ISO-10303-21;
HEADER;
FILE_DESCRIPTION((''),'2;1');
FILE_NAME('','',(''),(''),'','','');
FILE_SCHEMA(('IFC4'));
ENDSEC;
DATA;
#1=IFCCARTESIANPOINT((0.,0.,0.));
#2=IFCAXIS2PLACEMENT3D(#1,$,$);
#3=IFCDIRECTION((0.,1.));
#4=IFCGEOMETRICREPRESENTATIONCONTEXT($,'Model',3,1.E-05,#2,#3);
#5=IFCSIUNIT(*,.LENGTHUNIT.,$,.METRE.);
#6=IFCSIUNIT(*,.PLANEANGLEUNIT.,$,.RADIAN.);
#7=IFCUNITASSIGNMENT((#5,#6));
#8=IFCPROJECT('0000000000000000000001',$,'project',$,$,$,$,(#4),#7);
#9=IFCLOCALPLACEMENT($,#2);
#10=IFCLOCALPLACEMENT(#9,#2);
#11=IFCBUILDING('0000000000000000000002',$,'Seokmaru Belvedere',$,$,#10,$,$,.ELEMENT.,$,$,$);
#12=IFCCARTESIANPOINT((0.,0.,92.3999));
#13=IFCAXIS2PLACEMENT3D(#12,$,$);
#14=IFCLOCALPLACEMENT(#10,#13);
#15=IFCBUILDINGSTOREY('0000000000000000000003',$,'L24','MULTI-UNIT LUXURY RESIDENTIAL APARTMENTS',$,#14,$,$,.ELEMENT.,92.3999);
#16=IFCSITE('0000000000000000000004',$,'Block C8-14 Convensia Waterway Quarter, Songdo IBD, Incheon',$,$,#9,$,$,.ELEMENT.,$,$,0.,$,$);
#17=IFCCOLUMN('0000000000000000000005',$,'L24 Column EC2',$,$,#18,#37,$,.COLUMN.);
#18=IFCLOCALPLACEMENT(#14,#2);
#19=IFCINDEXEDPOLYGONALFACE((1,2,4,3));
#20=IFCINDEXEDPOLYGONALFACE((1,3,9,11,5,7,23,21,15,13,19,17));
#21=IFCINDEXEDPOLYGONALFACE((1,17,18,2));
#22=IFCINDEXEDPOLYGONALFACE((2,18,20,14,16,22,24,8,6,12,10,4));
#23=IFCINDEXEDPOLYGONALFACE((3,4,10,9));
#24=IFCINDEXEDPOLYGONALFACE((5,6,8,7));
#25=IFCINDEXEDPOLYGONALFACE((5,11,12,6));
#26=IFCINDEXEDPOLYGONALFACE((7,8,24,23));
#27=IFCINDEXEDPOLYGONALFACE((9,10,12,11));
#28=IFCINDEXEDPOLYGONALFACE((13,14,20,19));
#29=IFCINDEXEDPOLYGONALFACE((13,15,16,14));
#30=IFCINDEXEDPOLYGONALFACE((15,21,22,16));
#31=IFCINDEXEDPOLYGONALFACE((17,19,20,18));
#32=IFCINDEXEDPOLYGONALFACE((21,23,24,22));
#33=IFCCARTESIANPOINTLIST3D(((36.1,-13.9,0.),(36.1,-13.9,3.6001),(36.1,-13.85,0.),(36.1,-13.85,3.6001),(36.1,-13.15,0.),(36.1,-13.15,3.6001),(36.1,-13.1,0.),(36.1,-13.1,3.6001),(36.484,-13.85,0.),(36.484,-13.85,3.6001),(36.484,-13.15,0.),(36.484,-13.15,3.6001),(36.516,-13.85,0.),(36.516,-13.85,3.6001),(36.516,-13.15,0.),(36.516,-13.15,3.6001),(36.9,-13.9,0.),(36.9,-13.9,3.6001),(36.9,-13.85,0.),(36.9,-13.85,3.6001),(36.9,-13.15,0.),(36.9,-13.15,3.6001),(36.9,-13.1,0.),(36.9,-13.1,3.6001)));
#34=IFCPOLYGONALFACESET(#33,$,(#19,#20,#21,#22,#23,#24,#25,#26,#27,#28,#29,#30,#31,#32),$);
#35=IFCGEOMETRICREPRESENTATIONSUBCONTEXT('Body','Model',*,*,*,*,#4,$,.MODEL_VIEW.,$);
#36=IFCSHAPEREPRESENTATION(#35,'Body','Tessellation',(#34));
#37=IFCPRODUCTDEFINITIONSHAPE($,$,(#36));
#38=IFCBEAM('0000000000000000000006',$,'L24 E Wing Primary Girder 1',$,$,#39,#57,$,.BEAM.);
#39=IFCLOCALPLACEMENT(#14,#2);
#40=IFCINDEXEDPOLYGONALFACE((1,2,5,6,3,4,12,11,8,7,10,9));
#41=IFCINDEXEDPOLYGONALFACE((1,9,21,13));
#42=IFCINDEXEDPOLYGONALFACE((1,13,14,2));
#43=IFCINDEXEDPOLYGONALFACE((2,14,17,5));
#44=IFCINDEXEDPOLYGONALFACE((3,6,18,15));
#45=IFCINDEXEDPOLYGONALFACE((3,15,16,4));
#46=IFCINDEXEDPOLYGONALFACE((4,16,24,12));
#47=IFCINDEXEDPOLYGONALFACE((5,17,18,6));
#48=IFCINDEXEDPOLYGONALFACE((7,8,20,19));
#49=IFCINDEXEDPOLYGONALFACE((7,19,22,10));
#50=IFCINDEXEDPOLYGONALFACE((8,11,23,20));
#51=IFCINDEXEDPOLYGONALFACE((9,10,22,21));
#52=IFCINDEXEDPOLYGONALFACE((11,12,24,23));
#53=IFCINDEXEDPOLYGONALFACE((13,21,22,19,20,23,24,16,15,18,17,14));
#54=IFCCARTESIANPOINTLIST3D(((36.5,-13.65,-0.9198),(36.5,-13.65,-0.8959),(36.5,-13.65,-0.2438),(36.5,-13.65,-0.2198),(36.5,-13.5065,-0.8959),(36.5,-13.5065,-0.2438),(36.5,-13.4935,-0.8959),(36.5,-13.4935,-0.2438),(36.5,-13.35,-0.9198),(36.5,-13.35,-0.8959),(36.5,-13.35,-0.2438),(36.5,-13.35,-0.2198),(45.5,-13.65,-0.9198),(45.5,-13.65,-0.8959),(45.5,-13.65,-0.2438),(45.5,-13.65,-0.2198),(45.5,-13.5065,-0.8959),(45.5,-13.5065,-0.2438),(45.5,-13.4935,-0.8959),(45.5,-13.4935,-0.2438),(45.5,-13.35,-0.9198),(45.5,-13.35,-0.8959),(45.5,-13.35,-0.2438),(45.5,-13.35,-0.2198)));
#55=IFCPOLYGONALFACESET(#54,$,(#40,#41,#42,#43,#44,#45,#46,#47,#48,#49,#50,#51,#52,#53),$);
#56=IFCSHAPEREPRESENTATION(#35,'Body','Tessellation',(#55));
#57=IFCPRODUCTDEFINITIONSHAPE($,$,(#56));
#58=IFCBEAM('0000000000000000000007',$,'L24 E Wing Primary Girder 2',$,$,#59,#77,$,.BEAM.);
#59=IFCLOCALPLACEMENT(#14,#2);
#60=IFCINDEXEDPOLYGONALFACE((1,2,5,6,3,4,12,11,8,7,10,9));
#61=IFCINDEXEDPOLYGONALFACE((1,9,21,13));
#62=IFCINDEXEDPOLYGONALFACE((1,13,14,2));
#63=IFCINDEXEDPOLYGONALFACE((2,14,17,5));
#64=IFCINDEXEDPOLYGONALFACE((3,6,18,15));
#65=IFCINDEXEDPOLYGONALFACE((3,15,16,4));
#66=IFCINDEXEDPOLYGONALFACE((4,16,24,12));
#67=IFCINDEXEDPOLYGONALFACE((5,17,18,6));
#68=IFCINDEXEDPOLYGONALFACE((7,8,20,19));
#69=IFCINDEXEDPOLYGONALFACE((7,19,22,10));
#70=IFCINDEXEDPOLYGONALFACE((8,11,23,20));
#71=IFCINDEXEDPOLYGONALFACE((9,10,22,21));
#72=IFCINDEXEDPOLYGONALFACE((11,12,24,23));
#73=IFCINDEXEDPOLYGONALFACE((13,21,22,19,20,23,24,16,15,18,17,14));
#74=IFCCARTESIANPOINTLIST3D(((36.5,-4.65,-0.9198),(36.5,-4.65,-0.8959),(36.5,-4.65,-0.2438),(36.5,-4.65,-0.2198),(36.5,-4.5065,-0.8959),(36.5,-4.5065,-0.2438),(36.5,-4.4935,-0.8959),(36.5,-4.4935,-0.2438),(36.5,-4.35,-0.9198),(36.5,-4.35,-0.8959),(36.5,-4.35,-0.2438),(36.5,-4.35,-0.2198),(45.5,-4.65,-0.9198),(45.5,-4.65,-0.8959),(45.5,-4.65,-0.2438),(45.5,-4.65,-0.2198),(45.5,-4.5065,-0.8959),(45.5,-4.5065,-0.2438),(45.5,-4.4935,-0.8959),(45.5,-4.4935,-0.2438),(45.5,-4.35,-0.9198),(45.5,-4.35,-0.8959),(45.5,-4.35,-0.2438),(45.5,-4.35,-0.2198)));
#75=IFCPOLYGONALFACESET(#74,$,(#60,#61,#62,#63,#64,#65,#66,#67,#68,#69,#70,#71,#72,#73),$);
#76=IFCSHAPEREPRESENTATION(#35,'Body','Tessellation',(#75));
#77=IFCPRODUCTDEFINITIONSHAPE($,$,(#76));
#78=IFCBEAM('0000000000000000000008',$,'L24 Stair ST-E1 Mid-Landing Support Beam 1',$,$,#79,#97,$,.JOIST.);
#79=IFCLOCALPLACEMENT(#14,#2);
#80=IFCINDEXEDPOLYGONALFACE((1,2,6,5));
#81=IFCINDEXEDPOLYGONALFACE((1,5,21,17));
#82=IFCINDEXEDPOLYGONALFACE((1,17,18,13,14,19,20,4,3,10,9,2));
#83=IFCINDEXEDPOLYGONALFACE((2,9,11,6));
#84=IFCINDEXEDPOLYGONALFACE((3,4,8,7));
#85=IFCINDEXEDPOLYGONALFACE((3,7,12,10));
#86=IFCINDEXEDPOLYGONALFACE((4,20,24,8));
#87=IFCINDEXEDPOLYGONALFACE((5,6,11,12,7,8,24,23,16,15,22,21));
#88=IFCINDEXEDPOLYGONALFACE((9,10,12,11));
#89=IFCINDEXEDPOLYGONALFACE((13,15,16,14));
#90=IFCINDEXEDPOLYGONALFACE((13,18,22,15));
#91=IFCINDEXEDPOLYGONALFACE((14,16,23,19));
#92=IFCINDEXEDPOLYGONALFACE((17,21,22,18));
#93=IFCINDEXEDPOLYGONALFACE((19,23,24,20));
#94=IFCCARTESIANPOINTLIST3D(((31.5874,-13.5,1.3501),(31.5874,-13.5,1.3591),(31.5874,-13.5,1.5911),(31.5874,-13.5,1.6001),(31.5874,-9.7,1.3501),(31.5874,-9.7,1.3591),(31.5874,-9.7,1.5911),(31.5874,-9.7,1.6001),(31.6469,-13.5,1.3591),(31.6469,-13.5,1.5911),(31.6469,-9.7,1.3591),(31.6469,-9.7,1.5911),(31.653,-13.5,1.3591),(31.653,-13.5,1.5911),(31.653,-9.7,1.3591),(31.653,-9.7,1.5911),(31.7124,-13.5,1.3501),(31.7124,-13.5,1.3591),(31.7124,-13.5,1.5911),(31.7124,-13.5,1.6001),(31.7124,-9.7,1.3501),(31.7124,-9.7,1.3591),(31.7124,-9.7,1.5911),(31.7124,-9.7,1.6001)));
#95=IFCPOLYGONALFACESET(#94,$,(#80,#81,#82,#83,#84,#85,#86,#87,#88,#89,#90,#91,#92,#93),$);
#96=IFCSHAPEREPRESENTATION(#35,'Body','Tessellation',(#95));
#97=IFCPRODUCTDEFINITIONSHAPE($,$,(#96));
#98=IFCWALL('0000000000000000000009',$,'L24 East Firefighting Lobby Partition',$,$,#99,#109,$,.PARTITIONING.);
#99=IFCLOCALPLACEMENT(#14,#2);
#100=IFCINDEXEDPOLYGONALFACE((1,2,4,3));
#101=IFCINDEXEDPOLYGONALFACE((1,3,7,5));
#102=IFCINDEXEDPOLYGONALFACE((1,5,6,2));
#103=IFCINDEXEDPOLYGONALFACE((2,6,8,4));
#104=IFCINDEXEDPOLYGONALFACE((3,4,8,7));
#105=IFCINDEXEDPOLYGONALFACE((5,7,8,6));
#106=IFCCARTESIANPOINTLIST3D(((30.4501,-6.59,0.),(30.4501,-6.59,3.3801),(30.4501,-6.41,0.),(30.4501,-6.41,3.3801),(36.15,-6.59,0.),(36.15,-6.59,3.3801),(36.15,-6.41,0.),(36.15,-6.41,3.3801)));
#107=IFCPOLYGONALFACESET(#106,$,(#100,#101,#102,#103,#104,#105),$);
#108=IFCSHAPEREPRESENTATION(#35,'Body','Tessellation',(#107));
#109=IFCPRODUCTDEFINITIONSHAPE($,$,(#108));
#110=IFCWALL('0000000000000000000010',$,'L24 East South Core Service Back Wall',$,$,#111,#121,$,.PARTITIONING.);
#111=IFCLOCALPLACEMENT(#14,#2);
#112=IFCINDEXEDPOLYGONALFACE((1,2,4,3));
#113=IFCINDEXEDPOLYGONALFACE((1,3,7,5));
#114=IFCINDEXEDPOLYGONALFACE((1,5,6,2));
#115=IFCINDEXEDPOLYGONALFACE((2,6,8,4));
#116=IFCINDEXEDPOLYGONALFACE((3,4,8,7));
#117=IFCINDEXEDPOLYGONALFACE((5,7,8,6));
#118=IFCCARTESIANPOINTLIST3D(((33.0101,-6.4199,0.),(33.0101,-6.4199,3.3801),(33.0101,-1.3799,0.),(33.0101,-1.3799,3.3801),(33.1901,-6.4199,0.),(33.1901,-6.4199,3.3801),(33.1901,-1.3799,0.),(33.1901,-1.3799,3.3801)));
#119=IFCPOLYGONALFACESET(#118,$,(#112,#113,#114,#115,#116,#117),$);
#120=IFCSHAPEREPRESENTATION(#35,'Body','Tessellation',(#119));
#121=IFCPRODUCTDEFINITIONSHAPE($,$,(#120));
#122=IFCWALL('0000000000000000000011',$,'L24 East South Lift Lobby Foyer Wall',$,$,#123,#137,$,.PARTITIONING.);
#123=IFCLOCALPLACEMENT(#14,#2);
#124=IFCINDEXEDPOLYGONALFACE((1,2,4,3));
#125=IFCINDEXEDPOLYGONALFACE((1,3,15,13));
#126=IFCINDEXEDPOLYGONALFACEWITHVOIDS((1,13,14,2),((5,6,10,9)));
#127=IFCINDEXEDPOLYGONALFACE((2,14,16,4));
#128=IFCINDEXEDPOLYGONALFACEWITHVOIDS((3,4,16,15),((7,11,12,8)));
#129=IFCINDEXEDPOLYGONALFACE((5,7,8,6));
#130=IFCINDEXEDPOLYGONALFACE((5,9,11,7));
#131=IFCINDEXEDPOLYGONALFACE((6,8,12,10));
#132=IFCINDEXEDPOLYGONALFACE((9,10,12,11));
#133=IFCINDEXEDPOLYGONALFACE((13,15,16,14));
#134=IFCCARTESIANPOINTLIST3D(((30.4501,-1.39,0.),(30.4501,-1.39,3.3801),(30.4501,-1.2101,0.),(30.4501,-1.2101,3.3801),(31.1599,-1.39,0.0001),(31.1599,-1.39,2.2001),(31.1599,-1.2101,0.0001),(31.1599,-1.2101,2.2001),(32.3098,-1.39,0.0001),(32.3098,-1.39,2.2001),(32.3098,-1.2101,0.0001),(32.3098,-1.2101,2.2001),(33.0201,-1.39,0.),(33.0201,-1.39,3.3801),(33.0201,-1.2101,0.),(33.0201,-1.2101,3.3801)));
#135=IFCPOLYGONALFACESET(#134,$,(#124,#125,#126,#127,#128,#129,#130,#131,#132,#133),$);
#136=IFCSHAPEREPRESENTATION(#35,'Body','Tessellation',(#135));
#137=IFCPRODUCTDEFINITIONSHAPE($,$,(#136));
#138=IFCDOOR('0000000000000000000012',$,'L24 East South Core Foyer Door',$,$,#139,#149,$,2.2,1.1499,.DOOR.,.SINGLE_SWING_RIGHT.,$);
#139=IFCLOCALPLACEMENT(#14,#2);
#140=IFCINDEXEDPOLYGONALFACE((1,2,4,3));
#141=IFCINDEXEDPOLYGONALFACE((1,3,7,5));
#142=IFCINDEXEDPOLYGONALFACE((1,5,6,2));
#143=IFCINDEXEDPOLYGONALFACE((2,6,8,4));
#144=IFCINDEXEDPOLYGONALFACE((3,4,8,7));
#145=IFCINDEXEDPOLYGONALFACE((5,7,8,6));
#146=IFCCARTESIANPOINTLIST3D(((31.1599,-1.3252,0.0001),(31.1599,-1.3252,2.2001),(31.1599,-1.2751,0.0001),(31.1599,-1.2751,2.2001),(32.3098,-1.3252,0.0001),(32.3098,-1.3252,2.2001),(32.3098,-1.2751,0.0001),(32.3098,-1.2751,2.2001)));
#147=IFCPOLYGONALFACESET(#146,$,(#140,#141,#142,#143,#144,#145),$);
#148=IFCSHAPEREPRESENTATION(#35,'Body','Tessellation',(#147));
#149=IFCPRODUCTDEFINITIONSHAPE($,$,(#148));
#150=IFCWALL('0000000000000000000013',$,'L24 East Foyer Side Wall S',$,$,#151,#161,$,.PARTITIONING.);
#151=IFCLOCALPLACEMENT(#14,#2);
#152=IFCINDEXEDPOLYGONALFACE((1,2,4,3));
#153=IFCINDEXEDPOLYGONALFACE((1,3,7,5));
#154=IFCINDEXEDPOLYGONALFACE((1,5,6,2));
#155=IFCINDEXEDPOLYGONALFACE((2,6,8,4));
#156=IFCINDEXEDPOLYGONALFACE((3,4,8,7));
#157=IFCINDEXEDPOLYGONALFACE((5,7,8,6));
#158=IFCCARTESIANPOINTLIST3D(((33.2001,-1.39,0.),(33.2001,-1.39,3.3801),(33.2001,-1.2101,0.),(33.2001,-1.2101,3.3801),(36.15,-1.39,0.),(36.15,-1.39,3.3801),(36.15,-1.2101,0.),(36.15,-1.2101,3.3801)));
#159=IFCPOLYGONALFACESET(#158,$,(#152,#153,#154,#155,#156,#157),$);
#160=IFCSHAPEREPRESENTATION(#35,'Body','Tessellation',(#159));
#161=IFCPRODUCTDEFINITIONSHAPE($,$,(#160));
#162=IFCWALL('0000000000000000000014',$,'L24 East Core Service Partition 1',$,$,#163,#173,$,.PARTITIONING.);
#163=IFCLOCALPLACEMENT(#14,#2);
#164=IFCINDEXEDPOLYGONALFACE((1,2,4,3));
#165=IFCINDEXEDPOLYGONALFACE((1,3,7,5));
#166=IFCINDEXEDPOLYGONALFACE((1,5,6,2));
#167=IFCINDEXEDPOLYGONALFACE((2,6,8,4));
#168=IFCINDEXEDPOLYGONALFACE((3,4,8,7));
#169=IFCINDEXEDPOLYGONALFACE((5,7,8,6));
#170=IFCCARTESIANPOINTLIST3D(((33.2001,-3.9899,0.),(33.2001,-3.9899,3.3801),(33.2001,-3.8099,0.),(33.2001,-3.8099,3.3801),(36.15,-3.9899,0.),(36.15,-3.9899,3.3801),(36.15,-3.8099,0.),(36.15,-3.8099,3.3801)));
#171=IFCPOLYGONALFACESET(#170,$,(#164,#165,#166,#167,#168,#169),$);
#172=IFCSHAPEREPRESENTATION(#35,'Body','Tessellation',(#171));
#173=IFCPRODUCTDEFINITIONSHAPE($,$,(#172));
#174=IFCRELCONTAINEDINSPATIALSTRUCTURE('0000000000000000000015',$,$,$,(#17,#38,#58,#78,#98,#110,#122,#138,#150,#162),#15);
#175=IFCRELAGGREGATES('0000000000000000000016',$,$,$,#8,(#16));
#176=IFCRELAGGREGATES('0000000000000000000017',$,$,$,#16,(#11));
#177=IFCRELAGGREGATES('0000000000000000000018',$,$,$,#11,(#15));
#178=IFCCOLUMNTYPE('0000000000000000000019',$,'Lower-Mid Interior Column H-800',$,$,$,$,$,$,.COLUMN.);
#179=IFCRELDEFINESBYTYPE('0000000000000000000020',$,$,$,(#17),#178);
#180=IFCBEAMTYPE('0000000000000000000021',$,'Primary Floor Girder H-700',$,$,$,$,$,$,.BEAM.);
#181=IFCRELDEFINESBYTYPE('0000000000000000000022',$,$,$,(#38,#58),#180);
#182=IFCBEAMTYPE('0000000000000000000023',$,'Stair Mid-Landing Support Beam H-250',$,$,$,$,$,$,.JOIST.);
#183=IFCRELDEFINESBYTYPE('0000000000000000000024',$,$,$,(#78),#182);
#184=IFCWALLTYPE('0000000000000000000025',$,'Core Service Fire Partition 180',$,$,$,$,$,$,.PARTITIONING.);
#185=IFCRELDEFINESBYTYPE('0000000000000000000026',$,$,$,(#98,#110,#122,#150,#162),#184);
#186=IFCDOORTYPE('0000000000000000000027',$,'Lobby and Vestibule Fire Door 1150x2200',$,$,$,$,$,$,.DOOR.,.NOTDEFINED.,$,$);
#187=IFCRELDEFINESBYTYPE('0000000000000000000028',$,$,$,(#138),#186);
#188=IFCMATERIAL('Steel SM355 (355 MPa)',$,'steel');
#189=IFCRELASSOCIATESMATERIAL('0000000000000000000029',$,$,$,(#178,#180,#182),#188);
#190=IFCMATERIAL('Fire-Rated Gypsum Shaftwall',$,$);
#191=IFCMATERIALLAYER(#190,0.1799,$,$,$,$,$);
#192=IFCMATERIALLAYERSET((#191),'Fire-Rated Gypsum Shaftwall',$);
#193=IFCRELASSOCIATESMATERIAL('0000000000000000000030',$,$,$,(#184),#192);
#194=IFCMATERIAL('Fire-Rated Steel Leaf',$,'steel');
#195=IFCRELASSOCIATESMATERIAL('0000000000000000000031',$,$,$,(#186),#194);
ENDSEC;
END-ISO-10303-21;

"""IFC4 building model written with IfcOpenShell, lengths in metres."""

from ifc_helpers import new_model, si_unit, direction, frame, frame_2d, origin, origin_2d, place, context, subcontext, project, spatial, rectangle, i_section, extrude, source, transform, mapped, material, layer, layer_set, material_profile, profile_set, type_object, type_shapes, element, fill, save


model = new_model("IFC4")

# Units and contexts
model_context = context("Model", 3, precision=1e-05, world=origin(), true_north=direction((0.0, 1.0)))
body_context = subcontext(model_context, "Body", "Model", "MODEL_VIEW")
ifc_project = project(units=[si_unit("LENGTHUNIT", "METRE"), si_unit("PLANEANGLEUNIT", "RADIAN")], contexts=[model_context])

# Site, building, storey
site_placement = place(None, origin())
site = spatial("IfcSite", under=ifc_project, at=site_placement, Name="Block C8-14 Convensia Waterway Quarter, Songdo IBD, Incheon", CompositionType="ELEMENT", RefElevation=0.0)
building_placement = place(site_placement, origin())
building = spatial("IfcBuilding", under=site, at=building_placement, Name="Seokmaru Belvedere", CompositionType="ELEMENT")
storey_placement = place(building_placement, frame((0.0, 0.0, 92.3999)))
storey = spatial("IfcBuildingStorey", under=building, at=storey_placement, Name="L24", Description="MULTI-UNIT LUXURY RESIDENTIAL APARTMENTS", CompositionType="ELEMENT", Elevation=92.3999)

# Column
ifc_material_1 = material(Name="Steel SM355 (355 MPa)", Category="steel")
ifc_material_profile_1 = material_profile(ifc_material_1, i_section(OverallWidth=0.8, OverallDepth=0.8, WebThickness=0.032, FlangeThickness=0.05, at=origin_2d()), Name="H-800x800x32x50")
ifc_profile_set_1 = profile_set([ifc_material_profile_1], Name="Steel SM355 (355 MPa)")
column_type = type_object("IfcColumnType", Name="Lower-Mid Interior Column H-800", PredefinedType="COLUMN", material=ifc_profile_set_1)
shared_shape_1 = source(origin(), body_context, "Body", "SweptSolid", [
    extrude(i_section(OverallWidth=0.8, OverallDepth=0.8, WebThickness=0.032, FlangeThickness=0.05, at=origin_2d()), origin(), (0.0, 0.0, 1.0), 3.6001),
])
type_shapes(column_type, [shared_shape_1])
column_placement = place(storey_placement, frame((36.5, -13.5, 0.0), z_axis=(0.0, 0.0, 1.0), x_axis=(1.0, 0.0, 0.0)))
element("IfcColumn", 1, at=column_placement, inside=storey, type_object=column_type, Name="L24 Column EC2", PredefinedType="COLUMN", context=body_context, shape_type="MappedRepresentation", body=[
    mapped(shared_shape_1, transform((0.0, 0.0, 0.0), scale=1.0)),
])

# Beams
ifc_material_profile_2 = material_profile(ifc_material_1, i_section(OverallWidth=0.3, OverallDepth=0.7, WebThickness=0.0129, FlangeThickness=0.0239, at=origin_2d()), Name="H-700x300x13x24")
ifc_profile_set_2 = profile_set([ifc_material_profile_2], Name="Steel SM355 (355 MPa)")
beam_type_1 = type_object("IfcBeamType", Name="Primary Floor Girder H-700", PredefinedType="BEAM", material=ifc_profile_set_2)
shared_shape_2 = source(origin(), body_context, "Body", "SweptSolid", [
    extrude(i_section(OverallWidth=0.3, OverallDepth=0.7, WebThickness=0.0129, FlangeThickness=0.0239, at=origin_2d()), origin(), (0.0, 0.0, 1.0), 9.0),
])
type_shapes(beam_type_1, [shared_shape_2])
for number, where, z_axis, x_axis, name in (
    (2, (36.5, -13.5, -0.5698), (1.0, 0.0, 0.0), (0.0, 1.0, 0.0), "L24 E Wing Primary Girder 1"),
    (3, (36.5, -4.5, -0.5698), (1.0, 0.0, 0.0), (0.0, 1.0, 0.0), "L24 E Wing Primary Girder 2"),
):
    element("IfcBeam", number, at=place(storey_placement, frame(where, z_axis=z_axis, x_axis=x_axis)), inside=storey, type_object=beam_type_1, Name=name, PredefinedType="BEAM", context=body_context, shape_type="MappedRepresentation", body=[
        mapped(shared_shape_2, transform((0.0, 0.0, 0.0), scale=1.0)),
    ])
ifc_material_profile_3 = material_profile(ifc_material_1, i_section(OverallWidth=0.125, OverallDepth=0.25, WebThickness=0.0061, FlangeThickness=0.009, at=origin_2d()), Name="H-250x125x6x9")
ifc_profile_set_3 = profile_set([ifc_material_profile_3], Name="Steel SM355 (355 MPa)")
beam_type_2 = type_object("IfcBeamType", Name="Stair Mid-Landing Support Beam H-250", PredefinedType="JOIST", material=ifc_profile_set_3)
shared_shape_3 = source(origin(), body_context, "Body", "SweptSolid", [
    extrude(i_section(OverallWidth=0.125, OverallDepth=0.25, WebThickness=0.0061, FlangeThickness=0.009, at=origin_2d()), origin(), (0.0, 0.0, 1.0), 3.8),
])
type_shapes(beam_type_2, [shared_shape_3])
beam_placement = place(storey_placement, frame((31.6499, -13.5, 1.4751), z_axis=(0.0, 1.0, 0.0), x_axis=(-1.0, 0.0, 0.0)))
element("IfcBeam", 4, at=beam_placement, inside=storey, type_object=beam_type_2, Name="L24 Stair ST-E1 Mid-Landing Support Beam 1", PredefinedType="JOIST", context=body_context, shape_type="MappedRepresentation", body=[
    mapped(shared_shape_3, transform((0.0, 0.0, 0.0), scale=1.0)),
])

# Walls
ifc_material_2 = material(Name="Fire-Rated Gypsum Shaftwall")
ifc_layer_1 = layer(ifc_material_2, 0.1799)
ifc_layer_set_1 = layer_set([ifc_layer_1], Name="Fire-Rated Gypsum Shaftwall")
wall_type_1 = type_object("IfcWallType", Name="Core Service Fire Partition 180", PredefinedType="PARTITIONING", material=ifc_layer_set_1)
wall_1_placement = place(storey_placement, frame((30.45, -6.5, 0.0), z_axis=(0.0, 0.0, 1.0), x_axis=(1.0, 0.0, 0.0)))
element("IfcWall", 5, at=wall_1_placement, inside=storey, type_object=wall_type_1, Name="L24 East Firefighting Lobby Partition", PredefinedType="PARTITIONING", context=body_context, shape_type="SweptSolid", body=[
    extrude(rectangle(XDim=5.7, YDim=0.1799, at=frame_2d((2.8501, 0.0))), origin(), (0.0, 0.0, 1.0), 3.3801),
])
wall_2_placement = place(storey_placement, frame((33.1001, -6.4199, 0.0), z_axis=(0.0, 0.0, 1.0), x_axis=(0.0, 1.0, 0.0)))
element("IfcWall", 6, at=wall_2_placement, inside=storey, type_object=wall_type_1, Name="L24 East South Core Service Back Wall", PredefinedType="PARTITIONING", context=body_context, shape_type="SweptSolid", body=[
    extrude(rectangle(XDim=5.04, YDim=0.1799, at=frame_2d((2.52, 0.0))), origin(), (0.0, 0.0, 1.0), 3.3801),
])

# Wall, opening, door
wall_3_placement = place(storey_placement, frame((30.45, -1.3, 0.0), z_axis=(0.0, 0.0, 1.0), x_axis=(1.0, 0.0, 0.0)))
wall_3 = element("IfcWall", 7, at=wall_3_placement, inside=storey, type_object=wall_type_1, Name="L24 East South Lift Lobby Foyer Wall", PredefinedType="PARTITIONING", context=body_context, shape_type="SweptSolid", body=[
    extrude(rectangle(XDim=2.5701, YDim=0.1799, at=frame_2d((1.2852, 0.0))), origin(), (0.0, 0.0, 1.0), 3.3801),
])
opening_1_placement = place(wall_3_placement, frame((0.71, 0.0, 0.0)))
opening_1 = element("IfcOpeningElement", 8, at=opening_1_placement, cuts=wall_3, PredefinedType="OPENING", context=body_context, shape_type="SweptSolid", body=[
    extrude(rectangle(XDim=1.1499, YDim=2.2, at=frame_2d((0.575, 1.1001))), frame((0.0, 0.1001, 0.0), z_axis=(0.0, -1.0, 0.0), x_axis=(1.0, 0.0, 0.0)), (0.0, 0.0, 1.0), 0.2),
])
ifc_material_3 = material(Name="Fire-Rated Steel Leaf", Category="steel")
door_type_1 = type_object("IfcDoorType", Name="Lobby and Vestibule Fire Door 1150x2200", OperationType="NOTDEFINED", PredefinedType="DOOR", material=ifc_material_3)
shared_shape_4 = source(origin(), body_context, "Body", "SweptSolid", [
    extrude(rectangle(XDim=1.1499, YDim=2.2, at=frame_2d((0.575, 1.1001))), frame((0.0, 0.0249, 0.0), z_axis=(0.0, -1.0, 0.0), x_axis=(1.0, 0.0, 0.0)), (0.0, 0.0, 1.0), 0.05),
])
type_shapes(door_type_1, [shared_shape_4])
door_1_placement = place(opening_1_placement, origin())
door_1 = element("IfcDoor", 9, at=door_1_placement, inside=storey, type_object=door_type_1, Name="L24 East South Core Foyer Door", OperationType="SINGLE_SWING_RIGHT", OverallHeight=2.2, OverallWidth=1.1499, PredefinedType="DOOR", context=body_context, shape_type="MappedRepresentation", body=[
    mapped(shared_shape_4, transform((0.0, 0.0, 0.0), scale=1.0)),
])
fill(opening_1, door_1)

# Walls
for number, where, z_axis, x_axis, name in (
    (10, (33.2, -1.3, 0.0), (0.0, 0.0, 1.0), (1.0, 0.0, 0.0), "L24 East Foyer Side Wall S"),
    (11, (33.2, -3.8999, 0.0), (0.0, 0.0, 1.0), (1.0, 0.0, 0.0), "L24 East Core Service Partition 1"),
):
    element("IfcWall", number, at=place(storey_placement, frame(where, z_axis=z_axis, x_axis=x_axis)), inside=storey, type_object=wall_type_1, Name=name, PredefinedType="PARTITIONING", context=body_context, shape_type="SweptSolid", body=[
        extrude(rectangle(XDim=2.95, YDim=0.1799, at=frame_2d((1.4751, 0.0))), origin(), (0.0, 0.0, 1.0), 3.3801),
    ])

save(model, "model.ifc")
